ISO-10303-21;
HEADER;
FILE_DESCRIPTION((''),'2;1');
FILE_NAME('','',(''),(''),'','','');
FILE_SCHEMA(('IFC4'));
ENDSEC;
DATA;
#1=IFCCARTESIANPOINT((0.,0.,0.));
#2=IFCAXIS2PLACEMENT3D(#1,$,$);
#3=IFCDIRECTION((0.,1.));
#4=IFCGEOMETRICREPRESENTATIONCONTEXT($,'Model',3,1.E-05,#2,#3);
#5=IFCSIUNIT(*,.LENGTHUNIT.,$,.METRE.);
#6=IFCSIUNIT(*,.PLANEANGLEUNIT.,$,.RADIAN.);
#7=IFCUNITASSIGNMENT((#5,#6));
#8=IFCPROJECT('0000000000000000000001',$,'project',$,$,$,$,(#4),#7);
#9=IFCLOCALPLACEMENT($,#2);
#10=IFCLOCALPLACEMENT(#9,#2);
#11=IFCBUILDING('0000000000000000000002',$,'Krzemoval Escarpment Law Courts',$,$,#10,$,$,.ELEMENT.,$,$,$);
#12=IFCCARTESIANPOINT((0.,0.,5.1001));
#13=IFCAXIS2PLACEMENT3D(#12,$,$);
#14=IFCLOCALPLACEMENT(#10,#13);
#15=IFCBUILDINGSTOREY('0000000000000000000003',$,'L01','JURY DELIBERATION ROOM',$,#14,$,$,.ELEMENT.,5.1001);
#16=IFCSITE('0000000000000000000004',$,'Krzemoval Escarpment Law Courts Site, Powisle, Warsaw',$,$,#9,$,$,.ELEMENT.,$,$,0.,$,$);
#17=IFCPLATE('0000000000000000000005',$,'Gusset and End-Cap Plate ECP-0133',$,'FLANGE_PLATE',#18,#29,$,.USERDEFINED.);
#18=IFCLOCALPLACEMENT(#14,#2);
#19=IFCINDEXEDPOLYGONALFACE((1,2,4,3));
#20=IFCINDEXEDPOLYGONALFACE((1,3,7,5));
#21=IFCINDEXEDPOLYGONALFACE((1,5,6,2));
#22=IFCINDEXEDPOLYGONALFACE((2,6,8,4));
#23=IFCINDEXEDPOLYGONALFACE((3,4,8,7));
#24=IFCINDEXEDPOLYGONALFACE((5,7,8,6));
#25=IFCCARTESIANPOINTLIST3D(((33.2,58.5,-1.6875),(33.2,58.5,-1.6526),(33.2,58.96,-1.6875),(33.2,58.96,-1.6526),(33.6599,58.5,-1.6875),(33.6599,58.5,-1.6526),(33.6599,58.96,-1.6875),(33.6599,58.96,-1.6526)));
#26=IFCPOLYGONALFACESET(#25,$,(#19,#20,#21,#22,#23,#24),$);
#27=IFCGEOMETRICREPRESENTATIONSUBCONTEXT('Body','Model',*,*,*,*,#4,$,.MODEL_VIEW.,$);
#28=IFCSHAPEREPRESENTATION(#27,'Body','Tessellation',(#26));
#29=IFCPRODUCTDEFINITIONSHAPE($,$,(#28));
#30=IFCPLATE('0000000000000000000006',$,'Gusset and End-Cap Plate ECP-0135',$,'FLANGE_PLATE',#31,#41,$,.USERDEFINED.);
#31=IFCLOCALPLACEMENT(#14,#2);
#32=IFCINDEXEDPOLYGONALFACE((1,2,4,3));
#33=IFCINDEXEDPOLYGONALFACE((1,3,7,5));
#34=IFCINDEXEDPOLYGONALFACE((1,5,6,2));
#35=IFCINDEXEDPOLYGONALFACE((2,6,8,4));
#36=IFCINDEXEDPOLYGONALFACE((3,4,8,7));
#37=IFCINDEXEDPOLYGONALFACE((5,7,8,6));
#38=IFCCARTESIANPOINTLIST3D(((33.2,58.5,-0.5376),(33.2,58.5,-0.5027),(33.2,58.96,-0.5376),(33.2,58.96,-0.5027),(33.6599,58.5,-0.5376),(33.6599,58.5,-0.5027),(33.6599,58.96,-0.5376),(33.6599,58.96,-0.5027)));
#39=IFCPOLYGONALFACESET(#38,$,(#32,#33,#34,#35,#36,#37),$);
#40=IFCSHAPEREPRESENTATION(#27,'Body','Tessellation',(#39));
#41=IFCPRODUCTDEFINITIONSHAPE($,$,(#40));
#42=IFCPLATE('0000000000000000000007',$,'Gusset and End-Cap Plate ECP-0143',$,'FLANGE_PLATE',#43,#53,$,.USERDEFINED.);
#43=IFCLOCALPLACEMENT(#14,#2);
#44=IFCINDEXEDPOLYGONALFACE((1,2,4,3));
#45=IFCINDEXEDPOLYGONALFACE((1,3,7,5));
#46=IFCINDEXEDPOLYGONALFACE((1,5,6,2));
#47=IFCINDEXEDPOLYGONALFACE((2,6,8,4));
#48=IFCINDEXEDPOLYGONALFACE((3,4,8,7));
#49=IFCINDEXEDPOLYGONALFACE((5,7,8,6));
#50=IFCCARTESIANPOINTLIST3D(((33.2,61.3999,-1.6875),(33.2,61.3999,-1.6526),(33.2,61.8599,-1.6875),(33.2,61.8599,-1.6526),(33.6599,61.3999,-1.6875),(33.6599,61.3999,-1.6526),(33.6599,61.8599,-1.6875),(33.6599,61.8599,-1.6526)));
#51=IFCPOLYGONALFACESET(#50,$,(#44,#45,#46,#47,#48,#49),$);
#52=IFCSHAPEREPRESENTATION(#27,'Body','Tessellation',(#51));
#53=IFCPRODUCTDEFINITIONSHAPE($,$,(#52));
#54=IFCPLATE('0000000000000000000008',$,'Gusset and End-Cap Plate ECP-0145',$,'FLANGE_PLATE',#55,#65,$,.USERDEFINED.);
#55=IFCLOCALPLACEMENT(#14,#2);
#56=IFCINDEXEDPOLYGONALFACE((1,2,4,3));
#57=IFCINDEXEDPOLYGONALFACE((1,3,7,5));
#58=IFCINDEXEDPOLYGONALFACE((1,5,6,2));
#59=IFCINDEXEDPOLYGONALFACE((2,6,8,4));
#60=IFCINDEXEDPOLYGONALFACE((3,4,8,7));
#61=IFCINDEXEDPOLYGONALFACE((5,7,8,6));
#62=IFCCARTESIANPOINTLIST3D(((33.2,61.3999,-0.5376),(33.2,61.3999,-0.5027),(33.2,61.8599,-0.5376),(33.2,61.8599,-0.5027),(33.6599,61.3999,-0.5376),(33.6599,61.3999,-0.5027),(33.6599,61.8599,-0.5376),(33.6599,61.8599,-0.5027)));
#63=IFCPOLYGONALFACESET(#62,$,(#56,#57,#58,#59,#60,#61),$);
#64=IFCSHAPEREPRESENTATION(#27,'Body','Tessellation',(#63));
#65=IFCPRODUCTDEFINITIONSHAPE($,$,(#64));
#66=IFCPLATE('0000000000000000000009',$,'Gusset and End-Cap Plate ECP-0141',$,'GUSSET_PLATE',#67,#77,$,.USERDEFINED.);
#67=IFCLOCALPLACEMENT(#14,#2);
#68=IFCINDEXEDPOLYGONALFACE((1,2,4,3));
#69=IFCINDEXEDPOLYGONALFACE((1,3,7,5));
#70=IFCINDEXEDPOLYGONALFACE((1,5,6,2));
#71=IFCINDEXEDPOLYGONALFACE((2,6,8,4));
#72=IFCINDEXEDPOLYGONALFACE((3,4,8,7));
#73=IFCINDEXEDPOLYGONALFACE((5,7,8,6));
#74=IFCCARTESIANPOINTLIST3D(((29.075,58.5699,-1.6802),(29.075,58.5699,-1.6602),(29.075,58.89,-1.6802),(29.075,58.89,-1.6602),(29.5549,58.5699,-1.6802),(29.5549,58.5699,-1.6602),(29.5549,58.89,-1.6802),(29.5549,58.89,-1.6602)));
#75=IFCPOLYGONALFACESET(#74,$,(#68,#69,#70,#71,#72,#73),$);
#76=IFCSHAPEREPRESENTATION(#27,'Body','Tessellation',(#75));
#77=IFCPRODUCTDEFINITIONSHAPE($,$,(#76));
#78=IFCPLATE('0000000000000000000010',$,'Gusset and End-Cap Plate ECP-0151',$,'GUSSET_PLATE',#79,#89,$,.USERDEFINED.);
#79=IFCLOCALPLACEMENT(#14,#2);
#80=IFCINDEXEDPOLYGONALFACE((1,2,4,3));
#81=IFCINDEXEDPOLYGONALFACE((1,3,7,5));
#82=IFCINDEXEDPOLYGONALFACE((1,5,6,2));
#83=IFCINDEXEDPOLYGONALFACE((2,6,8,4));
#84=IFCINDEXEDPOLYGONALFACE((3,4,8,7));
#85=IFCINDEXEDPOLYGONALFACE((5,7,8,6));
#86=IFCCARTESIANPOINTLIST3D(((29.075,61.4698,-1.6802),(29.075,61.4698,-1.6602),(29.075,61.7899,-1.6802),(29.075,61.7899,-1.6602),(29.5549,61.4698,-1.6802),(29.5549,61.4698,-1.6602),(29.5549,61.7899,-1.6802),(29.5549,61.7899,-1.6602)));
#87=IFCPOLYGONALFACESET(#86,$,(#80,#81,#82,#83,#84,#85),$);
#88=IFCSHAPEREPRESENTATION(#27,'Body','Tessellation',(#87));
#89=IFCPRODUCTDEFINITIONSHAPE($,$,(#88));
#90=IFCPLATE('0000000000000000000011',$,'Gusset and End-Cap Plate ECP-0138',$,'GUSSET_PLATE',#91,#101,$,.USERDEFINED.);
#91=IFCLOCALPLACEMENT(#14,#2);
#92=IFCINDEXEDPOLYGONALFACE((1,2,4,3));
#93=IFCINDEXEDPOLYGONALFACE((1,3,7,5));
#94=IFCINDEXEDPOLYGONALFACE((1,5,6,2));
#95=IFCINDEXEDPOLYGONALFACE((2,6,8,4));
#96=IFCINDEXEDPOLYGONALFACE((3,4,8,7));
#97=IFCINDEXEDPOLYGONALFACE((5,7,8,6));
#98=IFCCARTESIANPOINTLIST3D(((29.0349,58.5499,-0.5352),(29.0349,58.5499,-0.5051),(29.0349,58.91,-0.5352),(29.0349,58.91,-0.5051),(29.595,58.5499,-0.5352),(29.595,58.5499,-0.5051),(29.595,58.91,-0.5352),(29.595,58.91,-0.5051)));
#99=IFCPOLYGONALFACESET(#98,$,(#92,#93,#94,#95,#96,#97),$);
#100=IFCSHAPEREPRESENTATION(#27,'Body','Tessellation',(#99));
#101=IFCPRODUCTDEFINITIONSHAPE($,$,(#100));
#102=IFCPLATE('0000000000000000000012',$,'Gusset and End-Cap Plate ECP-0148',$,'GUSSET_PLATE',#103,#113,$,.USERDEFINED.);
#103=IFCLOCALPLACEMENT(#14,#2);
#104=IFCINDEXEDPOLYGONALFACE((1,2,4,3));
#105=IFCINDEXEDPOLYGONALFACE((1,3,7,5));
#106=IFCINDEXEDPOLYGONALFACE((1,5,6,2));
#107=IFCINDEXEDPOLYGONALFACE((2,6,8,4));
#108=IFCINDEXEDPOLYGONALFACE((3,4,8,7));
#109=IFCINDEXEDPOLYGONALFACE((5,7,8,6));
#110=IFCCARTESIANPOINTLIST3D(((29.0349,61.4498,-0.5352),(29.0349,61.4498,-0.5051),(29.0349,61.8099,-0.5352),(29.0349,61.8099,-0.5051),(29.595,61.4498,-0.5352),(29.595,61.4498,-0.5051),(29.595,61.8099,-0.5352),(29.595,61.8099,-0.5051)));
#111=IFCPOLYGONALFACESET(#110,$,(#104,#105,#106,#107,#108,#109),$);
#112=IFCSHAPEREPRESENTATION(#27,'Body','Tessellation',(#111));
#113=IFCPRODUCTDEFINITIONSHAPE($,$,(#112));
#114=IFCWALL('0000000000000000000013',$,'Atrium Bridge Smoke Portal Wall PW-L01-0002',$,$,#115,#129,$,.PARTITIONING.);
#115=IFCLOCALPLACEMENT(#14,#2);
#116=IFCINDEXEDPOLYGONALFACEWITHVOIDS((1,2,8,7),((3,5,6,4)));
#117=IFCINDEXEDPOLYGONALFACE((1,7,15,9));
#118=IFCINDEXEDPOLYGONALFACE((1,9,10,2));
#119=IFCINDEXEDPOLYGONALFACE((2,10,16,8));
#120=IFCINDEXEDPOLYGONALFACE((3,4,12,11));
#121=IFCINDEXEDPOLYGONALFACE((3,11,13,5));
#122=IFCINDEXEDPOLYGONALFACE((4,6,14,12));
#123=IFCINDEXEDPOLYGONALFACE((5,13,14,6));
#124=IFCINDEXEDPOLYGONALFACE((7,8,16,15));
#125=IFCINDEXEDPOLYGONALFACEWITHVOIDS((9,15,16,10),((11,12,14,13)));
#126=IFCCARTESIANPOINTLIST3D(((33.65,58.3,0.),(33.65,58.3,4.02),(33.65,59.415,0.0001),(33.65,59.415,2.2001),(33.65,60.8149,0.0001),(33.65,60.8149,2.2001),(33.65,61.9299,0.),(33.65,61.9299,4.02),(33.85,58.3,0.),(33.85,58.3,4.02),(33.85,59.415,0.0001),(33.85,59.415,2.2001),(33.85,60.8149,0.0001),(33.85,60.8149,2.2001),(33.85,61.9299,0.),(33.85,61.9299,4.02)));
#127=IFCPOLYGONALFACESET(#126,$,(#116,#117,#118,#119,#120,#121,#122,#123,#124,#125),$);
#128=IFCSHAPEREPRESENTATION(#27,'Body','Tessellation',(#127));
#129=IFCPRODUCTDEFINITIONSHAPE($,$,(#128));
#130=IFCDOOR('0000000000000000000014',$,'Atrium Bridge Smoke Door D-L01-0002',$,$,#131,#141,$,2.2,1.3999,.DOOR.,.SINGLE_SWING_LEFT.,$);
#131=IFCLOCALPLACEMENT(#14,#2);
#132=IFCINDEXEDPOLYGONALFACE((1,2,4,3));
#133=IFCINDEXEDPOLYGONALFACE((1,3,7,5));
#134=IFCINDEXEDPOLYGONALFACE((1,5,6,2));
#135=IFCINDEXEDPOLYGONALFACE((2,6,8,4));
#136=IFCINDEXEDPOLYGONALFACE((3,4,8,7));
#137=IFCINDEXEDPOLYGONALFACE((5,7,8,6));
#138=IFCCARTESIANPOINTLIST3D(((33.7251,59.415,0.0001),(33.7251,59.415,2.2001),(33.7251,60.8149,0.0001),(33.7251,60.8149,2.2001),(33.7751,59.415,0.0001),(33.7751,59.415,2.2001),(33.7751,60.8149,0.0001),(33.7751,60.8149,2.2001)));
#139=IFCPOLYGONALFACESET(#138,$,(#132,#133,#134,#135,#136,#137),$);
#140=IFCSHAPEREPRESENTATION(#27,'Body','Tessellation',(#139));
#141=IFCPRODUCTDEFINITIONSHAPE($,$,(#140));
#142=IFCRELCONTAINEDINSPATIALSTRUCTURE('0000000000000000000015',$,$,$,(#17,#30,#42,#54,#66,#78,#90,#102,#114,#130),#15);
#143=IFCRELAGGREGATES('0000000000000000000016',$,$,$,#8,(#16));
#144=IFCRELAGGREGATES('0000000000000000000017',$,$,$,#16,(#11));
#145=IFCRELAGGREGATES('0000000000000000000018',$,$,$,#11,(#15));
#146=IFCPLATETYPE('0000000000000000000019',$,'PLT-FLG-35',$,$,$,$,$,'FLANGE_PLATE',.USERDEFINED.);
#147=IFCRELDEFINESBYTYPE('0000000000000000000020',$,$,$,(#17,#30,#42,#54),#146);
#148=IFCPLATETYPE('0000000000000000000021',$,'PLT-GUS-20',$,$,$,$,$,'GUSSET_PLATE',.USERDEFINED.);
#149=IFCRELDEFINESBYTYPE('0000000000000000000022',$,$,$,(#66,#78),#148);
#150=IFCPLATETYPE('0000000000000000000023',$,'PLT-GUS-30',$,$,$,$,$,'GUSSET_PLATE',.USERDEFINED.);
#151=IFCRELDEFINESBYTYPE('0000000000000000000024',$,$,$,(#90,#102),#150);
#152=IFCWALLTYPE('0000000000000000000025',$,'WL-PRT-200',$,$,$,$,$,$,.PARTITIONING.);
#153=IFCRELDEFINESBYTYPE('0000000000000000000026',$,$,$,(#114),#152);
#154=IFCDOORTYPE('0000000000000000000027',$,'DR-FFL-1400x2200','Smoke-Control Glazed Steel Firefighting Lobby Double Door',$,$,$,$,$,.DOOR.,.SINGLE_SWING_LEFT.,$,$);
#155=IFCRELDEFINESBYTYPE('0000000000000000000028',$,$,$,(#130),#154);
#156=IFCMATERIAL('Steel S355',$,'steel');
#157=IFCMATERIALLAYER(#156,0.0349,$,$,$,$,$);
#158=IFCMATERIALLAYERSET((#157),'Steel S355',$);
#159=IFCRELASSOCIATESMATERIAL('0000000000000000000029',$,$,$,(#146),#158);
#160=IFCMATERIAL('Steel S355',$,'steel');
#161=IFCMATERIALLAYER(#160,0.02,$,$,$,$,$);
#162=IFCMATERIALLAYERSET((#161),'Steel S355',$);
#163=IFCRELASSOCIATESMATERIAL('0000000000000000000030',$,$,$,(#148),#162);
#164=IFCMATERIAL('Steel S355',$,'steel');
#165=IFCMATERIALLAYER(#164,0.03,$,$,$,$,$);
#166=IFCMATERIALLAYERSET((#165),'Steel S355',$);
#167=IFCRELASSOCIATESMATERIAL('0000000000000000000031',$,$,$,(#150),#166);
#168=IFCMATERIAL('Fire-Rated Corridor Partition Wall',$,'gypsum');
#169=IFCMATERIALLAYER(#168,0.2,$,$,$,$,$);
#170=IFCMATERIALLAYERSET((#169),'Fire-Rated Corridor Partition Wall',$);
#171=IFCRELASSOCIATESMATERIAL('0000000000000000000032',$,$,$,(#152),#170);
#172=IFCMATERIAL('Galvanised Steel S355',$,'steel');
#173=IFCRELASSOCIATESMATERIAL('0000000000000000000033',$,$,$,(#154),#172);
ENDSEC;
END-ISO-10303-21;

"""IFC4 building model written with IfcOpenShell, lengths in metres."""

from ifc_helpers import new_model, si_unit, direction, frame, frame_2d, origin, origin_2d, place, context, subcontext, project, spatial, rectangle, extrude, material, layer, layer_set, type_object, element, fill, save


model = new_model("IFC4")

# Units and contexts
model_context = context("Model", 3, precision=1e-05, world=origin(), true_north=direction((0.0, 1.0)))
body_context = subcontext(model_context, "Body", "Model", "MODEL_VIEW")
ifc_project = project(units=[si_unit("LENGTHUNIT", "METRE"), si_unit("PLANEANGLEUNIT", "RADIAN")], contexts=[model_context])

# Site, building, storey
site_placement = place(None, origin())
site = spatial("IfcSite", under=ifc_project, at=site_placement, Name="Krzemoval Escarpment Law Courts Site, Powisle, Warsaw", CompositionType="ELEMENT", RefElevation=0.0)
building_placement = place(site_placement, origin())
building = spatial("IfcBuilding", under=site, at=building_placement, Name="Krzemoval Escarpment Law Courts", CompositionType="ELEMENT")
storey_placement = place(building_placement, frame((0.0, 0.0, 5.1001)))
storey = spatial("IfcBuildingStorey", under=building, at=storey_placement, Name="L01", Description="JURY DELIBERATION ROOM", CompositionType="ELEMENT", Elevation=5.1001)

# Plates
ifc_material_1 = material(Name="Steel S355", Category="steel")
ifc_layer_1 = layer(ifc_material_1, 0.0349)
ifc_layer_set_1 = layer_set([ifc_layer_1], Name="Steel S355")
plate_type_1 = type_object("IfcPlateType", Name="PLT-FLG-35", ElementType="FLANGE_PLATE", PredefinedType="USERDEFINED", material=ifc_layer_set_1)
for number, where, z_axis, x_axis, name in (
    (1, (33.4299, 58.73, -1.6875), (0.0, 0.0, 1.0), (1.0, 0.0, 0.0), "Gusset and End-Cap Plate ECP-0133"),
    (2, (33.4299, 58.73, -0.5376), (0.0, 0.0, 1.0), (1.0, 0.0, 0.0), "Gusset and End-Cap Plate ECP-0135"),
    (3, (33.4299, 61.6299, -1.6875), (0.0, 0.0, 1.0), (1.0, 0.0, 0.0), "Gusset and End-Cap Plate ECP-0143"),
    (4, (33.4299, 61.6299, -0.5376), (0.0, 0.0, 1.0), (1.0, 0.0, 0.0), "Gusset and End-Cap Plate ECP-0145"),
):
    element("IfcPlate", number, at=place(storey_placement, frame(where, z_axis=z_axis, x_axis=x_axis)), inside=storey, type_object=plate_type_1, Name=name, ObjectType="FLANGE_PLATE", PredefinedType="USERDEFINED", context=body_context, shape_type="SweptSolid", body=[
        extrude(rectangle(XDim=0.46, YDim=0.46, at=origin_2d()), origin(), (0.0, 0.0, 1.0), 0.0349),
    ])
ifc_material_2 = material(Name="Steel S355", Category="steel")
ifc_layer_2 = layer(ifc_material_2, 0.02)
ifc_layer_set_2 = layer_set([ifc_layer_2], Name="Steel S355")
plate_type_2 = type_object("IfcPlateType", Name="PLT-GUS-20", ElementType="GUSSET_PLATE", PredefinedType="USERDEFINED", material=ifc_layer_set_2)
for number, where, z_axis, x_axis, name in (
    (5, (29.3149, 58.73, -1.6802), (0.0, 0.0, 1.0), (1.0, 0.0, 0.0), "Gusset and End-Cap Plate ECP-0141"),
    (6, (29.3149, 61.6299, -1.6802), (0.0, 0.0, 1.0), (1.0, 0.0, 0.0), "Gusset and End-Cap Plate ECP-0151"),
):
    element("IfcPlate", number, at=place(storey_placement, frame(where, z_axis=z_axis, x_axis=x_axis)), inside=storey, type_object=plate_type_2, Name=name, ObjectType="GUSSET_PLATE", PredefinedType="USERDEFINED", context=body_context, shape_type="SweptSolid", body=[
        extrude(rectangle(XDim=0.48, YDim=0.3201, at=origin_2d()), origin(), (0.0, 0.0, 1.0), 0.02),
    ])
ifc_material_3 = material(Name="Steel S355", Category="steel")
ifc_layer_3 = layer(ifc_material_3, 0.03)
ifc_layer_set_3 = layer_set([ifc_layer_3], Name="Steel S355")
plate_type_3 = type_object("IfcPlateType", Name="PLT-GUS-30", ElementType="GUSSET_PLATE", PredefinedType="USERDEFINED", material=ifc_layer_set_3)
for number, where, z_axis, x_axis, name in (
    (7, (29.3149, 58.73, -0.5352), (0.0, 0.0, 1.0), (1.0, 0.0, 0.0), "Gusset and End-Cap Plate ECP-0138"),
    (8, (29.3149, 61.6299, -0.5352), (0.0, 0.0, 1.0), (1.0, 0.0, 0.0), "Gusset and End-Cap Plate ECP-0148"),
):
    element("IfcPlate", number, at=place(storey_placement, frame(where, z_axis=z_axis, x_axis=x_axis)), inside=storey, type_object=plate_type_3, Name=name, ObjectType="GUSSET_PLATE", PredefinedType="USERDEFINED", context=body_context, shape_type="SweptSolid", body=[
        extrude(rectangle(XDim=0.5601, YDim=0.3601, at=origin_2d()), origin(), (0.0, 0.0, 1.0), 0.03),
    ])

# Wall, opening, door
ifc_material_4 = material(Name="Fire-Rated Corridor Partition Wall", Category="gypsum")
ifc_layer_4 = layer(ifc_material_4, 0.2)
ifc_layer_set_4 = layer_set([ifc_layer_4], Name="Fire-Rated Corridor Partition Wall")
wall_type = type_object("IfcWallType", Name="WL-PRT-200", PredefinedType="PARTITIONING", material=ifc_layer_set_4)
wall_placement = place(storey_placement, frame((33.75, 58.3, 0.0), z_axis=(0.0, 0.0, 1.0), x_axis=(0.0, 1.0, 0.0)))
wall = element("IfcWall", 9, at=wall_placement, inside=storey, type_object=wall_type, Name="Atrium Bridge Smoke Portal Wall PW-L01-0002", PredefinedType="PARTITIONING", context=body_context, shape_type="SweptSolid", body=[
    extrude(rectangle(XDim=3.6299, YDim=0.2, at=frame_2d((1.8149, 0.0))), origin(), (0.0, 0.0, 1.0), 4.02),
])
opening_placement = place(wall_placement, frame((1.115, 0.0, 0.0)))
opening = element("IfcOpeningElement", 10, at=opening_placement, cuts=wall, PredefinedType="OPENING", context=body_context, shape_type="SweptSolid", body=[
    extrude(rectangle(XDim=1.3999, YDim=2.2, at=frame_2d((0.7, 1.1001))), frame((0.0, 0.115, 0.0), z_axis=(0.0, -1.0, 0.0), x_axis=(1.0, 0.0, 0.0)), (0.0, 0.0, 1.0), 0.2299),
])
ifc_material_5 = material(Name="Galvanised Steel S355", Category="steel")
door_type = type_object("IfcDoorType", Name="DR-FFL-1400x2200", Description="Smoke-Control Glazed Steel Firefighting Lobby Double Door", OperationType="SINGLE_SWING_LEFT", PredefinedType="DOOR", material=ifc_material_5)
door_placement = place(opening_placement, origin())
door = element("IfcDoor", 11, at=door_placement, inside=storey, type_object=door_type, Name="Atrium Bridge Smoke Door D-L01-0002", OperationType="SINGLE_SWING_LEFT", OverallHeight=2.2, OverallWidth=1.3999, PredefinedType="DOOR", context=body_context, shape_type="SweptSolid", body=[
    extrude(rectangle(XDim=1.3999, YDim=2.2, at=frame_2d((0.7, 1.1001))), frame((0.0, 0.0249, 0.0), z_axis=(0.0, -1.0, 0.0), x_axis=(1.0, 0.0, 0.0)), (0.0, 0.0, 1.0), 0.05),
])
fill(opening, door)

save(model, "model.ifc")
